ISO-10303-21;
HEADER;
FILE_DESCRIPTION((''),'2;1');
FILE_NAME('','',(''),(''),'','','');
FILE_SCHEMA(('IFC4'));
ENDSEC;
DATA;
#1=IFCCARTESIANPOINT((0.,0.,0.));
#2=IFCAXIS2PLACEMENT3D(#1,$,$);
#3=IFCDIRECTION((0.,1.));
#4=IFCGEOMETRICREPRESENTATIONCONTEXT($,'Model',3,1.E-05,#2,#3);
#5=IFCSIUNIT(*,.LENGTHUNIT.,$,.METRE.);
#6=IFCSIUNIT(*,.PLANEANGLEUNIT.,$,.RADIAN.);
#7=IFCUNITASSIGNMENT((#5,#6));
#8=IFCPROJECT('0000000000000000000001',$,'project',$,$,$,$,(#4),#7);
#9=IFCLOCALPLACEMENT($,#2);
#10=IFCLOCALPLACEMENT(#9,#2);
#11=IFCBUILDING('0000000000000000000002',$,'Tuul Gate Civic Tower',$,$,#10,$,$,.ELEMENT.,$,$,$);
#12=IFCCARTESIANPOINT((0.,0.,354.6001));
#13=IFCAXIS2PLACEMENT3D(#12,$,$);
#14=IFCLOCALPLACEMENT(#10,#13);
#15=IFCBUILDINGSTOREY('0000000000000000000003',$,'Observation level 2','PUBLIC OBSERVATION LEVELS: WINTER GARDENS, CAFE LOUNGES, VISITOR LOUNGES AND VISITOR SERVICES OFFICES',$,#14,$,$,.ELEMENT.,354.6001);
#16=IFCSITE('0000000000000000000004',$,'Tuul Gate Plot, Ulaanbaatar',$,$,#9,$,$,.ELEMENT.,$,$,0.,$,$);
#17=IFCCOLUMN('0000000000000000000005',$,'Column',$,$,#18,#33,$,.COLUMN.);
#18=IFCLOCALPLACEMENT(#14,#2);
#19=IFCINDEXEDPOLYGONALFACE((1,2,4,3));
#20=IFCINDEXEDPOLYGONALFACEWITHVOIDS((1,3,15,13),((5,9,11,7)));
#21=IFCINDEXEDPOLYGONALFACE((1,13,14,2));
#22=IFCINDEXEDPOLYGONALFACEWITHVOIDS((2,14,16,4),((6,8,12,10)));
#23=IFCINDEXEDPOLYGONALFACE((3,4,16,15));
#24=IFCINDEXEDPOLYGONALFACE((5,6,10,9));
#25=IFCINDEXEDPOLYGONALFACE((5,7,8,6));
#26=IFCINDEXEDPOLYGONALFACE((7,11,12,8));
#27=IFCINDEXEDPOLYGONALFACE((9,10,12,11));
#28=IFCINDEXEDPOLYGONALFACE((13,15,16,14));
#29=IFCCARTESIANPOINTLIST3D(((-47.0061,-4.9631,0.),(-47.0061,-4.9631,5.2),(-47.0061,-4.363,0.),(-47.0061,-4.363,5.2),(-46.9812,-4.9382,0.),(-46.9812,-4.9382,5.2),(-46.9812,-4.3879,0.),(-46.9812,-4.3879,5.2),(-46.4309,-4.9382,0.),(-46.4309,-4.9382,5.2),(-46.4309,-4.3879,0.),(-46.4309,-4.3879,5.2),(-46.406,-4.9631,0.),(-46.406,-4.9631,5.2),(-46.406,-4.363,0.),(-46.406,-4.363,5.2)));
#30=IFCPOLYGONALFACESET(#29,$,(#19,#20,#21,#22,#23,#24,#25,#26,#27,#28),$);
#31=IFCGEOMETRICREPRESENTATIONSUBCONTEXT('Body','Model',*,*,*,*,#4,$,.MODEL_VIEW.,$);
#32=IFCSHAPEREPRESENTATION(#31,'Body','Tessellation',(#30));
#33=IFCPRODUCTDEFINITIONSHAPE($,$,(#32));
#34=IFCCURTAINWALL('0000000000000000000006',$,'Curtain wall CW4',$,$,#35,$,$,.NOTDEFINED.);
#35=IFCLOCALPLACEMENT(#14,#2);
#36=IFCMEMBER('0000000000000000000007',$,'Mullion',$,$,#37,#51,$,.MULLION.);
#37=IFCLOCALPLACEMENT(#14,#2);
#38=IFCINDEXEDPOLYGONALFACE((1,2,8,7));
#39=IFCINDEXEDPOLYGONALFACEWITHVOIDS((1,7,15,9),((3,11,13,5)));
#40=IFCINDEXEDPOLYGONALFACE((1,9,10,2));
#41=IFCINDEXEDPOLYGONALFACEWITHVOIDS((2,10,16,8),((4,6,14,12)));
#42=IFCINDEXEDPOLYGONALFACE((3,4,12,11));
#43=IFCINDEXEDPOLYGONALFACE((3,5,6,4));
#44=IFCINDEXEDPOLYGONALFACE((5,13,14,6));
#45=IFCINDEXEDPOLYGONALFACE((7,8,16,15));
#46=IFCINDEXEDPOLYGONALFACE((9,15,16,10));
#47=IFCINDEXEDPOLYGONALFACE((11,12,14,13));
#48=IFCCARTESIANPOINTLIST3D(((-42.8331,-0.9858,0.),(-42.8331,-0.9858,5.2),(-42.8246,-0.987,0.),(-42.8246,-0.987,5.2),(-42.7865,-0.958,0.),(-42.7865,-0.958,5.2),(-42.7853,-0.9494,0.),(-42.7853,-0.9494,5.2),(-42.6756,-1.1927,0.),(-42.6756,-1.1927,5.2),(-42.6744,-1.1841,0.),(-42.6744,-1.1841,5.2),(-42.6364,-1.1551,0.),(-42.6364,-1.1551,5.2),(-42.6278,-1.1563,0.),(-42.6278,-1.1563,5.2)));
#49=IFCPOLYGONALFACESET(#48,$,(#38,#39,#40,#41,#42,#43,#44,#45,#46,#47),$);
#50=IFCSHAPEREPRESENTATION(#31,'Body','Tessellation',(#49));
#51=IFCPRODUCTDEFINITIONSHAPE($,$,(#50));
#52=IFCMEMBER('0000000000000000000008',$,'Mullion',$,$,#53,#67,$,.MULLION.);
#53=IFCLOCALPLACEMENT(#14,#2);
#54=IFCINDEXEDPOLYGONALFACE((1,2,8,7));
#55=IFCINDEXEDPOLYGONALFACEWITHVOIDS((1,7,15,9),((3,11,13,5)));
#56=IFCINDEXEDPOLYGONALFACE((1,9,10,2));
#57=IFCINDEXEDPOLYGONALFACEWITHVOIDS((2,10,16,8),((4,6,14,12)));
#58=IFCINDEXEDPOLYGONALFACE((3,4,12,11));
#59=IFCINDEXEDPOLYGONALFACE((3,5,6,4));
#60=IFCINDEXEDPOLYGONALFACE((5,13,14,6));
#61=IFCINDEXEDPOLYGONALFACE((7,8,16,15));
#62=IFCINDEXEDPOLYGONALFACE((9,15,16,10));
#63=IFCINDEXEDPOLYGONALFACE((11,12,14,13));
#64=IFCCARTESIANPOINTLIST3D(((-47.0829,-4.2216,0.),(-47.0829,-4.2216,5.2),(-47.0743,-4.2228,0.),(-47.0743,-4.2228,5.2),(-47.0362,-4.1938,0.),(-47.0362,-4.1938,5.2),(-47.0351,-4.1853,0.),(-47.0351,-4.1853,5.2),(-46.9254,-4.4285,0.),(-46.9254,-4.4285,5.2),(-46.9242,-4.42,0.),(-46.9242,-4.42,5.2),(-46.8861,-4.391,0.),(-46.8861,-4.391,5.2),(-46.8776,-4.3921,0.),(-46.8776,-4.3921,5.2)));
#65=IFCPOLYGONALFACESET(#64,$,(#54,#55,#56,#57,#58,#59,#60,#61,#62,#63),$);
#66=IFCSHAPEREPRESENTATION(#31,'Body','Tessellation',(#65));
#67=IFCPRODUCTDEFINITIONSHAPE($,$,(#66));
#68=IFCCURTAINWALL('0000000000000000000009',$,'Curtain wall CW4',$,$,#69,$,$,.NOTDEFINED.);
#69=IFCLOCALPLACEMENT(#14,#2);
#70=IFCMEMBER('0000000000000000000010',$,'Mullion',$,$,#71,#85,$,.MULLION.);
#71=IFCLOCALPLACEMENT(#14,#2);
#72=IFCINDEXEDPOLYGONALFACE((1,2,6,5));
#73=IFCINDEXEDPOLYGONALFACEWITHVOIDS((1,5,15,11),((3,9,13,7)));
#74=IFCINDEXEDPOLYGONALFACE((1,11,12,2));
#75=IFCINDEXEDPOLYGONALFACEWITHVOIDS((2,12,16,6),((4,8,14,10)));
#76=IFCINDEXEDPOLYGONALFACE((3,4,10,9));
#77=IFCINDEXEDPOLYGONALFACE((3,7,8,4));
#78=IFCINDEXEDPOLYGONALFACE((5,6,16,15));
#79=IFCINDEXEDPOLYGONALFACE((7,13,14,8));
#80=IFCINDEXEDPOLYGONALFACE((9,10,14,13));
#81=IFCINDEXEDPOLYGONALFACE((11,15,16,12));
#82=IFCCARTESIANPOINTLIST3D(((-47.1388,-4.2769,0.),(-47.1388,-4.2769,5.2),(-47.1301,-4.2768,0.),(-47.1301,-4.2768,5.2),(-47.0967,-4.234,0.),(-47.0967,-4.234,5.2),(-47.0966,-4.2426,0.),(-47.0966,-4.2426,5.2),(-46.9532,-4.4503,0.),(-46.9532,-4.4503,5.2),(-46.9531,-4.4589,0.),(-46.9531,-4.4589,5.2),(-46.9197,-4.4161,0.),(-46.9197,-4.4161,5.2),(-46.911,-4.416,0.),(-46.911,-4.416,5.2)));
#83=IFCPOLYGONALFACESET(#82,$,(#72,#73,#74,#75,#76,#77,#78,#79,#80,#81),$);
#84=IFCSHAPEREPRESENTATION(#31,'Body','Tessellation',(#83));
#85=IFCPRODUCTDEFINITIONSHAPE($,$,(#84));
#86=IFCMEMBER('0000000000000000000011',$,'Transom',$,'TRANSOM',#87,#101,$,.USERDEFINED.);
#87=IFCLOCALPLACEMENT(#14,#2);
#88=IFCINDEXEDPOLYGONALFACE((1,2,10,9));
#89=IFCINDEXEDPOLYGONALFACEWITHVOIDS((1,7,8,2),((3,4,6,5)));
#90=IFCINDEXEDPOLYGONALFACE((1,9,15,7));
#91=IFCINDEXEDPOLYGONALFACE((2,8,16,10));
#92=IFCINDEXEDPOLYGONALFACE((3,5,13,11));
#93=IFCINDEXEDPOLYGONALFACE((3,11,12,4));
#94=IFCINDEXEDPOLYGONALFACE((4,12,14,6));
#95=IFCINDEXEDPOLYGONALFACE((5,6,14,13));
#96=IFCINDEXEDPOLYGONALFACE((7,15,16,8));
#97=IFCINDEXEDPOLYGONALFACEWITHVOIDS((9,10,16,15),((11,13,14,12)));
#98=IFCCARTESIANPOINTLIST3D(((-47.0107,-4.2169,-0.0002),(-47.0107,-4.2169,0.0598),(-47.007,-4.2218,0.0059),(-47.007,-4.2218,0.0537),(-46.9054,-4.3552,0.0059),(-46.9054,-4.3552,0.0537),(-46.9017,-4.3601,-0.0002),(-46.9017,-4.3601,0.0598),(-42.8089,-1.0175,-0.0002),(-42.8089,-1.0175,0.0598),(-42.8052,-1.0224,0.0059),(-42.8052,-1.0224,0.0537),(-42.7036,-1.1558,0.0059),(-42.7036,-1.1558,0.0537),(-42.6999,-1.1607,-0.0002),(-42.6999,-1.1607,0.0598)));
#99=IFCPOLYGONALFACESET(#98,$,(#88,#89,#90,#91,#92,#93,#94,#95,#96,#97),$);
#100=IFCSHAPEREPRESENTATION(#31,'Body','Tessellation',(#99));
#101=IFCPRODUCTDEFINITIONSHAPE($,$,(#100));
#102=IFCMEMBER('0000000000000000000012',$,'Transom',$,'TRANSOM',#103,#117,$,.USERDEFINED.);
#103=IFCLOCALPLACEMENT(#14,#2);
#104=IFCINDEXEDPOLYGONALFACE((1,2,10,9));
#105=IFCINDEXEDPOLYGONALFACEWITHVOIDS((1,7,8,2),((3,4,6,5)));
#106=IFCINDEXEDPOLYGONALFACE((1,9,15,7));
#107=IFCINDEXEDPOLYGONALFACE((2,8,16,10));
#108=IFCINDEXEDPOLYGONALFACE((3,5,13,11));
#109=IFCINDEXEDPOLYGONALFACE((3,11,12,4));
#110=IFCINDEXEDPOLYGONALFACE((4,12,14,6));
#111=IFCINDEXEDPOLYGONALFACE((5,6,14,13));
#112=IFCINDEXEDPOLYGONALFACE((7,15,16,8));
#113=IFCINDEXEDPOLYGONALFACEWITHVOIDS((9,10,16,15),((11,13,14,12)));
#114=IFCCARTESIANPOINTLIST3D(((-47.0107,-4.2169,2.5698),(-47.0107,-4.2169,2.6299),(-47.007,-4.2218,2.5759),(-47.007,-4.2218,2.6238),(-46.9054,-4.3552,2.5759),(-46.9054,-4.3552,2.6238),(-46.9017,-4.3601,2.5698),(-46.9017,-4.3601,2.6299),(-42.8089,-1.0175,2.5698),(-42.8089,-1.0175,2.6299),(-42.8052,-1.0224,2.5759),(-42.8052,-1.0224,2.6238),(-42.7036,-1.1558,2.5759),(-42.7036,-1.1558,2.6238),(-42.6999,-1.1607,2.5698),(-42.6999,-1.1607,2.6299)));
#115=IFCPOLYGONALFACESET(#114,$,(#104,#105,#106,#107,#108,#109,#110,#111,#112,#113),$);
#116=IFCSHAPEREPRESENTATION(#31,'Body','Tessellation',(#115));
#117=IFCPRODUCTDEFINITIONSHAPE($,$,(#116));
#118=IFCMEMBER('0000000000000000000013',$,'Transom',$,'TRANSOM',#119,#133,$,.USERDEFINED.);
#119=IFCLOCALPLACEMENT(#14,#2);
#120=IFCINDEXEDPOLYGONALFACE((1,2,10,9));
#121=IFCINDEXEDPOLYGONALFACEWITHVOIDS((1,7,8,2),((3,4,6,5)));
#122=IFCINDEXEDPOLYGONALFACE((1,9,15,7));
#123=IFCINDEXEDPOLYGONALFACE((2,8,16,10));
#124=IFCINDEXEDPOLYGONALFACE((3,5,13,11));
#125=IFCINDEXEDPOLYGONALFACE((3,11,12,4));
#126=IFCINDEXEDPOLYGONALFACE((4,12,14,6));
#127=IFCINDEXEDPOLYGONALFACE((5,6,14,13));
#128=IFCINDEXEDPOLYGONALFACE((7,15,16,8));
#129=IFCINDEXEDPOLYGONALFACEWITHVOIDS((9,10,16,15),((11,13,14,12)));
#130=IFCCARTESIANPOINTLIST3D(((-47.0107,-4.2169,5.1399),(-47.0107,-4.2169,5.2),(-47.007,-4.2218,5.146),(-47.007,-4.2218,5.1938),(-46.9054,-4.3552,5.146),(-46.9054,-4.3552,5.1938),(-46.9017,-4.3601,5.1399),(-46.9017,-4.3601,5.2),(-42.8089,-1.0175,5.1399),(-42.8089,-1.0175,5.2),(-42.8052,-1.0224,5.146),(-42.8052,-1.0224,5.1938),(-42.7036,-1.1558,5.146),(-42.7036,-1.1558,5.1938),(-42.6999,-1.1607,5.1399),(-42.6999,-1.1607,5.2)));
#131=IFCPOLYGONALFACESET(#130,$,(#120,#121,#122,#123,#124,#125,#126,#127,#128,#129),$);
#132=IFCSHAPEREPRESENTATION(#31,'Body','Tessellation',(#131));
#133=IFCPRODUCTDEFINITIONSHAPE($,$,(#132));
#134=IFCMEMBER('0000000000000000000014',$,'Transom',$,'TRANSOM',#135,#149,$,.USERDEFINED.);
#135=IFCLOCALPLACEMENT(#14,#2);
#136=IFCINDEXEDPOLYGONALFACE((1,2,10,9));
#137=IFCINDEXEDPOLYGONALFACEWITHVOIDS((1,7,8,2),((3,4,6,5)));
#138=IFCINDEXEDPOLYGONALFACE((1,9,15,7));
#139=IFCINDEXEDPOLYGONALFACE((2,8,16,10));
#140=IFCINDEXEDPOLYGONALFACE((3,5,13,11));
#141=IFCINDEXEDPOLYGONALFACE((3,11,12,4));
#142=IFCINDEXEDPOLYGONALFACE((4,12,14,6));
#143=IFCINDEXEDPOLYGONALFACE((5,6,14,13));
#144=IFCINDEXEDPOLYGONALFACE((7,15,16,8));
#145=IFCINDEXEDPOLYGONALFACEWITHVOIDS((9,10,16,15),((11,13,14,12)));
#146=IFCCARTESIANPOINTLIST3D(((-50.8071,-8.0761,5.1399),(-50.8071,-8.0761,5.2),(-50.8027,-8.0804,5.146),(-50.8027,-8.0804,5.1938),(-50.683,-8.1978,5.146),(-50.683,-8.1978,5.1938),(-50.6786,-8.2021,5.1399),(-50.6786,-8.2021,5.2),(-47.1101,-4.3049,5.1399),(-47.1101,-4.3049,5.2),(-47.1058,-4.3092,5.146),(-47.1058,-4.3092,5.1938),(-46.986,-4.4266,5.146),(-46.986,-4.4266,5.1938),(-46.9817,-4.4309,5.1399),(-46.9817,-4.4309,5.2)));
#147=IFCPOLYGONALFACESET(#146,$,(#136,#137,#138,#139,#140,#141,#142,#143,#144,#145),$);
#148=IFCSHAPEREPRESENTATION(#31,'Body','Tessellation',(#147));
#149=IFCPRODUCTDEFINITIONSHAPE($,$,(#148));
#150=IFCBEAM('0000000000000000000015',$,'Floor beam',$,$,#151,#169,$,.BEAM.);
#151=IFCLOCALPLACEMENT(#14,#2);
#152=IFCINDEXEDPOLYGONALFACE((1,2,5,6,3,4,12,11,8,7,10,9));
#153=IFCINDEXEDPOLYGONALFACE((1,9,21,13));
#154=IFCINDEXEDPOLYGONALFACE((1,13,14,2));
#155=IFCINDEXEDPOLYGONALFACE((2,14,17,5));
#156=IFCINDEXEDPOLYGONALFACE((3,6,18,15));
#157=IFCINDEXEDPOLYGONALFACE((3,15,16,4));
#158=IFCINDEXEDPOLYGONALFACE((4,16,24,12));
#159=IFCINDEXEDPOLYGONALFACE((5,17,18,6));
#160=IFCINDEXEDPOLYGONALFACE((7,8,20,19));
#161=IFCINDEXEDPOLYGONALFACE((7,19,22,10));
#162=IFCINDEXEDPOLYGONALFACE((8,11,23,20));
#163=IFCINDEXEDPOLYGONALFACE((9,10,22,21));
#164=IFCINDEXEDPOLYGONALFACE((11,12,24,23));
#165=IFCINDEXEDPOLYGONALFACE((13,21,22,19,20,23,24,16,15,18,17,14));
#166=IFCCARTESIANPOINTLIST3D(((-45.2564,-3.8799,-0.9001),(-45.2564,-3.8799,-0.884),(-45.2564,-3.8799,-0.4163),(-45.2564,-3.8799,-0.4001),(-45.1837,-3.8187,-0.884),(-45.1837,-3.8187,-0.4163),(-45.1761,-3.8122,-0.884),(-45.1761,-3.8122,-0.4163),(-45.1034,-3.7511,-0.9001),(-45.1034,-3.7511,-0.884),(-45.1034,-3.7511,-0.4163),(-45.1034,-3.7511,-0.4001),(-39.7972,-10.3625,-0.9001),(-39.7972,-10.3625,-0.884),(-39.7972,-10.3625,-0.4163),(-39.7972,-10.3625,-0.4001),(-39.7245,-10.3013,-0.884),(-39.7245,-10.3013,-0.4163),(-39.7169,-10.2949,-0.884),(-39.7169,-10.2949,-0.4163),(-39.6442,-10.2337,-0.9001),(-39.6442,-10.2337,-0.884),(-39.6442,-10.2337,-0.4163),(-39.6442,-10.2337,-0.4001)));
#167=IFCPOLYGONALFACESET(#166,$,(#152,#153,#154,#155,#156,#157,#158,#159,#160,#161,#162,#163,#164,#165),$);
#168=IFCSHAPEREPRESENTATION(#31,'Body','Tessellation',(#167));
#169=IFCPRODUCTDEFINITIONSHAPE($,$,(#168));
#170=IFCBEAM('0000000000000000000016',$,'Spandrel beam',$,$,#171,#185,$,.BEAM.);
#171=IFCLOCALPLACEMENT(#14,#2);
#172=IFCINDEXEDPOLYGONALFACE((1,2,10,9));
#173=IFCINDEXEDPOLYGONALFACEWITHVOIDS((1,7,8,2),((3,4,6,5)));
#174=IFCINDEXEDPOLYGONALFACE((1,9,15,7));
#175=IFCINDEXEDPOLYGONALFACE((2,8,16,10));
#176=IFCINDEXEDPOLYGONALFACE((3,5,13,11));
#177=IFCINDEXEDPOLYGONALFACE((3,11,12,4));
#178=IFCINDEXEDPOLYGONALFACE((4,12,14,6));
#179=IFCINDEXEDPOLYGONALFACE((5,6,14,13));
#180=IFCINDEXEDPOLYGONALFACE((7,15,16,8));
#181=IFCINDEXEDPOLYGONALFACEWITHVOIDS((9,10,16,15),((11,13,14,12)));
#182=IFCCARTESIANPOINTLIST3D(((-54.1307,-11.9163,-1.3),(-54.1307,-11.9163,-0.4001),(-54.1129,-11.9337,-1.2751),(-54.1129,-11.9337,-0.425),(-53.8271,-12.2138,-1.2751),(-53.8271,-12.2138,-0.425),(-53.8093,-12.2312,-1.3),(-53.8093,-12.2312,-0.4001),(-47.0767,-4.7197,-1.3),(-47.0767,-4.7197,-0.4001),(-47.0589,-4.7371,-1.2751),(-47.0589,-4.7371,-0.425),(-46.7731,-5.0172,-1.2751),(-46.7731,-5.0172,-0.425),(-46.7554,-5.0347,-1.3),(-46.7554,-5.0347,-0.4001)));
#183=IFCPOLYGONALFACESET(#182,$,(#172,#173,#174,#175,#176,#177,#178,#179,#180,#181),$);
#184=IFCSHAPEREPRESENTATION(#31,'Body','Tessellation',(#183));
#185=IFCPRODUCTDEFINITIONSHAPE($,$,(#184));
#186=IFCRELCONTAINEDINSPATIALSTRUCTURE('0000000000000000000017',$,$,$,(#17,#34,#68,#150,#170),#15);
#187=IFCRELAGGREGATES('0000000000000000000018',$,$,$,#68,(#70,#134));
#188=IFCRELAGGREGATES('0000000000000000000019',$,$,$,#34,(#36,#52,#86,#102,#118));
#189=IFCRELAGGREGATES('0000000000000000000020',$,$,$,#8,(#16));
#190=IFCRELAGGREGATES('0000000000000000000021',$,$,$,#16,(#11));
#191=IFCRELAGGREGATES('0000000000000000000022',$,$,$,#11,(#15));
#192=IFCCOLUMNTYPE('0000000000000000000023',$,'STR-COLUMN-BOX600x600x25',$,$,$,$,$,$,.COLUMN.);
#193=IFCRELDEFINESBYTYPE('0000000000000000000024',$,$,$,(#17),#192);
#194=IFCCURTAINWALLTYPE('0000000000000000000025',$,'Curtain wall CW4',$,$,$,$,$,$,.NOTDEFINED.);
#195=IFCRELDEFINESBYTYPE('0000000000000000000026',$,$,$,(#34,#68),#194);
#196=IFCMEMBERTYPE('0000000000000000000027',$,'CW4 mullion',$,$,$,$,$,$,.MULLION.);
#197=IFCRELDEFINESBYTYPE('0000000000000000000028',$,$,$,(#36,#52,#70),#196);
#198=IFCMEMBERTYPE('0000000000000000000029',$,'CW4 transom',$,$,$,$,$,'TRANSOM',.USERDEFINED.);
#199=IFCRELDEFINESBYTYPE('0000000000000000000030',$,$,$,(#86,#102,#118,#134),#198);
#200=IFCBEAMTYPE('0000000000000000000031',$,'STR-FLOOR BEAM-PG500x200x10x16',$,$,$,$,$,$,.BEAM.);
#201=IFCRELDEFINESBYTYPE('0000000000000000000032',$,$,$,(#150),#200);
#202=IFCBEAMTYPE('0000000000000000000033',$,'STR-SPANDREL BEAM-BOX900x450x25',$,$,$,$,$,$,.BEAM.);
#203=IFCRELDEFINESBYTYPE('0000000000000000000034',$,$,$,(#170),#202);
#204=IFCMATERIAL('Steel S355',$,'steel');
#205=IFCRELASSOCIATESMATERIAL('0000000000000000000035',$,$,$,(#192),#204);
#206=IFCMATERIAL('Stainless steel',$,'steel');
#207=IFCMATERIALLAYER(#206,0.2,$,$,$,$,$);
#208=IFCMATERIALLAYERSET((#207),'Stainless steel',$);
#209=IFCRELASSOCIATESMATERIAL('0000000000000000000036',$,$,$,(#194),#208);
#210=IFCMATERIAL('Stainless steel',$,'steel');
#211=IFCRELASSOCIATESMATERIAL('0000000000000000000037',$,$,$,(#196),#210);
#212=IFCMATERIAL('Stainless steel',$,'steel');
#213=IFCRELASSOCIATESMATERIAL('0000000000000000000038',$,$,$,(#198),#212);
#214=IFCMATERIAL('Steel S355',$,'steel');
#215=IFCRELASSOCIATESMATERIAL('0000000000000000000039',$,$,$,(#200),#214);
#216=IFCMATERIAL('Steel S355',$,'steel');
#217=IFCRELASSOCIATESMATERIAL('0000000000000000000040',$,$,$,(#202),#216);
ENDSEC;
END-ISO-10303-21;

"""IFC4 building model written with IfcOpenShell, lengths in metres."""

from ifc_helpers import new_model, si_unit, direction, frame, origin, origin_2d, place, context, subcontext, project, spatial, hollow_rectangle, i_section, extrude, material, layer, layer_set, material_profile, profile_set, type_object, element, aggregate, save


model = new_model("IFC4")

# Units and contexts
model_context = context("Model", 3, precision=1e-05, world=origin(), true_north=direction((0.0, 1.0)))
body_context = subcontext(model_context, "Body", "Model", "MODEL_VIEW")
ifc_project = project(units=[si_unit("LENGTHUNIT", "METRE"), si_unit("PLANEANGLEUNIT", "RADIAN")], contexts=[model_context])

# Site, building, storey
site_placement = place(None, origin())
site = spatial("IfcSite", under=ifc_project, at=site_placement, Name="Tuul Gate Plot, Ulaanbaatar", CompositionType="ELEMENT", RefElevation=0.0)
building_placement = place(site_placement, origin())
building = spatial("IfcBuilding", under=site, at=building_placement, Name="Tuul Gate Civic Tower", CompositionType="ELEMENT")
storey_placement = place(building_placement, frame((0.0, 0.0, 354.6001)))
storey = spatial("IfcBuildingStorey", under=building, at=storey_placement, Name="Observation level 2", Description="PUBLIC OBSERVATION LEVELS: WINTER GARDENS, CAFE LOUNGES, VISITOR LOUNGES AND VISITOR SERVICES OFFICES", CompositionType="ELEMENT", Elevation=354.6001)

# Column
ifc_material_1 = material(Name="Steel S355", Category="steel")
ifc_material_profile_1 = material_profile(ifc_material_1, hollow_rectangle(XDim=0.6001, YDim=0.6001, WallThickness=0.0249, at=origin_2d()), Name="BOX600x600x25")
ifc_profile_set_1 = profile_set([ifc_material_profile_1], Name="Steel S355")
column_type = type_object("IfcColumnType", Name="STR-COLUMN-BOX600x600x25", PredefinedType="COLUMN", material=ifc_profile_set_1)
column_placement = place(storey_placement, frame((-46.7061, -4.6631, 0.0), z_axis=(0.0, 0.0, 1.0), x_axis=(1.0, 0.0, 0.0)))
element("IfcColumn", 1, at=column_placement, inside=storey, type_object=column_type, Name="Column", PredefinedType="COLUMN", context=body_context, shape_type="SweptSolid", body=[
    extrude(hollow_rectangle(XDim=0.6001, YDim=0.6001, WallThickness=0.0249, at=origin_2d()), origin(), (0.0, 0.0, 1.0), 5.2),
])

# Curtain wall, members
ifc_material_2 = material(Name="Stainless steel", Category="steel")
ifc_layer_1 = layer(ifc_material_2, 0.2)
ifc_layer_set_1 = layer_set([ifc_layer_1], Name="Stainless steel")
curtain_wall_type = type_object("IfcCurtainWallType", Name="Curtain wall CW4", PredefinedType="NOTDEFINED", material=ifc_layer_set_1)
curtain_wall_1_placement = place(storey_placement, origin())
curtain_wall_1 = element("IfcCurtainWall", 2, at=curtain_wall_1_placement, inside=storey, type_object=curtain_wall_type, Name="Curtain wall CW4", PredefinedType="NOTDEFINED")
ifc_material_3 = material(Name="Stainless steel", Category="steel")
ifc_material_profile_2 = material_profile(ifc_material_3, hollow_rectangle(XDim=0.26, YDim=0.0601, WallThickness=0.0061, at=origin_2d()), Name="CW4 mullion")
ifc_profile_set_2 = profile_set([ifc_material_profile_2], Name="Stainless steel")
member_type_1 = type_object("IfcMemberType", Name="CW4 mullion", PredefinedType="MULLION", material=ifc_profile_set_2)
member_1_placement = place(storey_placement, frame((-42.7305, -1.071, 0.0), z_axis=(0.0, 0.0, 1.0), x_axis=(0.605808, -0.795611, 0.0)))
member_1 = element("IfcMember", 3, at=member_1_placement, type_object=member_type_1, Name="Mullion", PredefinedType="MULLION", context=body_context, shape_type="SweptSolid", body=[
    extrude(hollow_rectangle(XDim=0.26, YDim=0.0601, WallThickness=0.0061, at=origin_2d()), origin(), (0.0, 0.0, 1.0), 5.2),
])
member_2_placement = place(storey_placement, frame((-46.9802, -4.3069, 0.0), z_axis=(0.0, 0.0, 1.0), x_axis=(0.605808, -0.795611, 0.0)))
member_2 = element("IfcMember", 4, at=member_2_placement, type_object=member_type_1, Name="Mullion", PredefinedType="MULLION", context=body_context, shape_type="SweptSolid", body=[
    extrude(hollow_rectangle(XDim=0.26, YDim=0.0601, WallThickness=0.0061, at=origin_2d()), origin(), (0.0, 0.0, 1.0), 5.2),
])

# Curtain wall, member
curtain_wall_2_placement = place(storey_placement, origin())
curtain_wall_2 = element("IfcCurtainWall", 5, at=curtain_wall_2_placement, inside=storey, type_object=curtain_wall_type, Name="Curtain wall CW4", PredefinedType="NOTDEFINED")
member_3_placement = place(storey_placement, frame((-47.0249, -4.3464, 0.0), z_axis=(0.0, 0.0, 1.0), x_axis=(0.7141, -0.700043, 0.0)))
member_3 = element("IfcMember", 6, at=member_3_placement, type_object=member_type_1, Name="Mullion", PredefinedType="MULLION", context=body_context, shape_type="SweptSolid", body=[
    extrude(hollow_rectangle(XDim=0.26, YDim=0.0601, WallThickness=0.0061, at=origin_2d()), origin(), (0.0, 0.0, 1.0), 5.2),
])

# Members
ifc_material_4 = material(Name="Stainless steel", Category="steel")
ifc_material_profile_3 = material_profile(ifc_material_4, hollow_rectangle(XDim=0.1799, YDim=0.0601, WallThickness=0.0061, at=origin_2d()), Name="CW4 transom")
ifc_profile_set_3 = profile_set([ifc_material_profile_3], Name="Stainless steel")
member_type_2 = type_object("IfcMemberType", Name="CW4 transom", ElementType="TRANSOM", PredefinedType="USERDEFINED", material=ifc_profile_set_3)
member_4_placement = place(storey_placement, frame((-42.7544, -1.0891, 0.0298), z_axis=(-0.795613, -0.605805, 0.0), x_axis=(0.605805, -0.795613, 0.0)))
member_4 = element("IfcMember", 7, at=member_4_placement, type_object=member_type_2, Name="Transom", ObjectType="TRANSOM", PredefinedType="USERDEFINED", context=body_context, shape_type="SweptSolid", body=[
    extrude(hollow_rectangle(XDim=0.1799, YDim=0.0601, WallThickness=0.0061, at=origin_2d()), origin(), (0.0, 0.0, 1.0), 5.2812),
])
member_5_placement = place(storey_placement, frame((-42.7544, -1.0891, 2.5999), z_axis=(-0.795613, -0.605805, 0.0), x_axis=(0.605805, -0.795613, 0.0)))
member_5 = element("IfcMember", 8, at=member_5_placement, type_object=member_type_2, Name="Transom", ObjectType="TRANSOM", PredefinedType="USERDEFINED", context=body_context, shape_type="SweptSolid", body=[
    extrude(hollow_rectangle(XDim=0.1799, YDim=0.0601, WallThickness=0.0061, at=origin_2d()), origin(), (0.0, 0.0, 1.0), 5.2812),
])
member_6_placement = place(storey_placement, frame((-42.7544, -1.0891, 5.1699), z_axis=(-0.795613, -0.605805, 0.0), x_axis=(0.605805, -0.795613, 0.0)))
member_6 = element("IfcMember", 9, at=member_6_placement, type_object=member_type_2, Name="Transom", ObjectType="TRANSOM", PredefinedType="USERDEFINED", context=body_context, shape_type="SweptSolid", body=[
    extrude(hollow_rectangle(XDim=0.1799, YDim=0.0601, WallThickness=0.0061, at=origin_2d()), origin(), (0.0, 0.0, 1.0), 5.2812),
])
member_7_placement = place(storey_placement, frame((-47.0459, -4.3679, 5.1699), z_axis=(-0.700045, -0.714099, 0.0), x_axis=(0.714099, -0.700045, 0.0)))
member_7 = element("IfcMember", 10, at=member_7_placement, type_object=member_type_2, Name="Transom", ObjectType="TRANSOM", PredefinedType="USERDEFINED", context=body_context, shape_type="SweptSolid", body=[
    extrude(hollow_rectangle(XDim=0.1799, YDim=0.0601, WallThickness=0.0061, at=origin_2d()), origin(), (0.0, 0.0, 1.0), 5.281),
])
aggregate(curtain_wall_2, [member_3, member_7])

# Beams
ifc_material_5 = material(Name="Steel S355", Category="steel")
ifc_material_profile_4 = material_profile(ifc_material_5, i_section(OverallWidth=0.2, OverallDepth=0.5, WebThickness=0.01, FlangeThickness=0.0161, at=origin_2d()), Name="PG500x200x10x16")
ifc_profile_set_4 = profile_set([ifc_material_profile_4], Name="Steel S355")
beam_type_1 = type_object("IfcBeamType", Name="STR-FLOOR BEAM-PG500x200x10x16", PredefinedType="BEAM", material=ifc_profile_set_4)
beam_1_placement = place(storey_placement, frame((-39.7207, -10.2981, -0.6501), z_axis=(-0.644146, 0.764903, 0.0), x_axis=(-0.764903, -0.644146, 0.0)))
element("IfcBeam", 11, at=beam_1_placement, inside=storey, type_object=beam_type_1, Name="Floor beam", PredefinedType="BEAM", context=body_context, shape_type="SweptSolid", body=[
    extrude(i_section(OverallWidth=0.2, OverallDepth=0.5, WebThickness=0.01, FlangeThickness=0.0161, at=origin_2d()), origin(), (0.0, 0.0, 1.0), 8.4751),
])
ifc_material_6 = material(Name="Steel S355", Category="steel")
ifc_material_profile_5 = material_profile(ifc_material_6, hollow_rectangle(XDim=0.45, YDim=0.8999, WallThickness=0.0249, at=origin_2d()), Name="BOX900x450x25")
ifc_profile_set_5 = profile_set([ifc_material_profile_5], Name="Steel S355")
beam_type_2 = type_object("IfcBeamType", Name="STR-SPANDREL BEAM-BOX900x450x25", PredefinedType="BEAM", material=ifc_profile_set_5)
beam_2_placement = place(storey_placement, frame((-46.916, -4.8772, -0.8501), z_axis=(-0.699997, -0.714146, 0.0), x_axis=(0.714146, -0.699997, 0.0)))
element("IfcBeam", 12, at=beam_2_placement, inside=storey, type_object=beam_type_2, Name="Spandrel beam", PredefinedType="BEAM", context=body_context, shape_type="SweptSolid", body=[
    extrude(hollow_rectangle(XDim=0.45, YDim=0.8999, WallThickness=0.0249, at=origin_2d()), origin(), (0.0, 0.0, 1.0), 10.0771),
])

aggregate(curtain_wall_1, [member_1, member_2, member_4, member_5, member_6])

save(model, "model.ifc")
